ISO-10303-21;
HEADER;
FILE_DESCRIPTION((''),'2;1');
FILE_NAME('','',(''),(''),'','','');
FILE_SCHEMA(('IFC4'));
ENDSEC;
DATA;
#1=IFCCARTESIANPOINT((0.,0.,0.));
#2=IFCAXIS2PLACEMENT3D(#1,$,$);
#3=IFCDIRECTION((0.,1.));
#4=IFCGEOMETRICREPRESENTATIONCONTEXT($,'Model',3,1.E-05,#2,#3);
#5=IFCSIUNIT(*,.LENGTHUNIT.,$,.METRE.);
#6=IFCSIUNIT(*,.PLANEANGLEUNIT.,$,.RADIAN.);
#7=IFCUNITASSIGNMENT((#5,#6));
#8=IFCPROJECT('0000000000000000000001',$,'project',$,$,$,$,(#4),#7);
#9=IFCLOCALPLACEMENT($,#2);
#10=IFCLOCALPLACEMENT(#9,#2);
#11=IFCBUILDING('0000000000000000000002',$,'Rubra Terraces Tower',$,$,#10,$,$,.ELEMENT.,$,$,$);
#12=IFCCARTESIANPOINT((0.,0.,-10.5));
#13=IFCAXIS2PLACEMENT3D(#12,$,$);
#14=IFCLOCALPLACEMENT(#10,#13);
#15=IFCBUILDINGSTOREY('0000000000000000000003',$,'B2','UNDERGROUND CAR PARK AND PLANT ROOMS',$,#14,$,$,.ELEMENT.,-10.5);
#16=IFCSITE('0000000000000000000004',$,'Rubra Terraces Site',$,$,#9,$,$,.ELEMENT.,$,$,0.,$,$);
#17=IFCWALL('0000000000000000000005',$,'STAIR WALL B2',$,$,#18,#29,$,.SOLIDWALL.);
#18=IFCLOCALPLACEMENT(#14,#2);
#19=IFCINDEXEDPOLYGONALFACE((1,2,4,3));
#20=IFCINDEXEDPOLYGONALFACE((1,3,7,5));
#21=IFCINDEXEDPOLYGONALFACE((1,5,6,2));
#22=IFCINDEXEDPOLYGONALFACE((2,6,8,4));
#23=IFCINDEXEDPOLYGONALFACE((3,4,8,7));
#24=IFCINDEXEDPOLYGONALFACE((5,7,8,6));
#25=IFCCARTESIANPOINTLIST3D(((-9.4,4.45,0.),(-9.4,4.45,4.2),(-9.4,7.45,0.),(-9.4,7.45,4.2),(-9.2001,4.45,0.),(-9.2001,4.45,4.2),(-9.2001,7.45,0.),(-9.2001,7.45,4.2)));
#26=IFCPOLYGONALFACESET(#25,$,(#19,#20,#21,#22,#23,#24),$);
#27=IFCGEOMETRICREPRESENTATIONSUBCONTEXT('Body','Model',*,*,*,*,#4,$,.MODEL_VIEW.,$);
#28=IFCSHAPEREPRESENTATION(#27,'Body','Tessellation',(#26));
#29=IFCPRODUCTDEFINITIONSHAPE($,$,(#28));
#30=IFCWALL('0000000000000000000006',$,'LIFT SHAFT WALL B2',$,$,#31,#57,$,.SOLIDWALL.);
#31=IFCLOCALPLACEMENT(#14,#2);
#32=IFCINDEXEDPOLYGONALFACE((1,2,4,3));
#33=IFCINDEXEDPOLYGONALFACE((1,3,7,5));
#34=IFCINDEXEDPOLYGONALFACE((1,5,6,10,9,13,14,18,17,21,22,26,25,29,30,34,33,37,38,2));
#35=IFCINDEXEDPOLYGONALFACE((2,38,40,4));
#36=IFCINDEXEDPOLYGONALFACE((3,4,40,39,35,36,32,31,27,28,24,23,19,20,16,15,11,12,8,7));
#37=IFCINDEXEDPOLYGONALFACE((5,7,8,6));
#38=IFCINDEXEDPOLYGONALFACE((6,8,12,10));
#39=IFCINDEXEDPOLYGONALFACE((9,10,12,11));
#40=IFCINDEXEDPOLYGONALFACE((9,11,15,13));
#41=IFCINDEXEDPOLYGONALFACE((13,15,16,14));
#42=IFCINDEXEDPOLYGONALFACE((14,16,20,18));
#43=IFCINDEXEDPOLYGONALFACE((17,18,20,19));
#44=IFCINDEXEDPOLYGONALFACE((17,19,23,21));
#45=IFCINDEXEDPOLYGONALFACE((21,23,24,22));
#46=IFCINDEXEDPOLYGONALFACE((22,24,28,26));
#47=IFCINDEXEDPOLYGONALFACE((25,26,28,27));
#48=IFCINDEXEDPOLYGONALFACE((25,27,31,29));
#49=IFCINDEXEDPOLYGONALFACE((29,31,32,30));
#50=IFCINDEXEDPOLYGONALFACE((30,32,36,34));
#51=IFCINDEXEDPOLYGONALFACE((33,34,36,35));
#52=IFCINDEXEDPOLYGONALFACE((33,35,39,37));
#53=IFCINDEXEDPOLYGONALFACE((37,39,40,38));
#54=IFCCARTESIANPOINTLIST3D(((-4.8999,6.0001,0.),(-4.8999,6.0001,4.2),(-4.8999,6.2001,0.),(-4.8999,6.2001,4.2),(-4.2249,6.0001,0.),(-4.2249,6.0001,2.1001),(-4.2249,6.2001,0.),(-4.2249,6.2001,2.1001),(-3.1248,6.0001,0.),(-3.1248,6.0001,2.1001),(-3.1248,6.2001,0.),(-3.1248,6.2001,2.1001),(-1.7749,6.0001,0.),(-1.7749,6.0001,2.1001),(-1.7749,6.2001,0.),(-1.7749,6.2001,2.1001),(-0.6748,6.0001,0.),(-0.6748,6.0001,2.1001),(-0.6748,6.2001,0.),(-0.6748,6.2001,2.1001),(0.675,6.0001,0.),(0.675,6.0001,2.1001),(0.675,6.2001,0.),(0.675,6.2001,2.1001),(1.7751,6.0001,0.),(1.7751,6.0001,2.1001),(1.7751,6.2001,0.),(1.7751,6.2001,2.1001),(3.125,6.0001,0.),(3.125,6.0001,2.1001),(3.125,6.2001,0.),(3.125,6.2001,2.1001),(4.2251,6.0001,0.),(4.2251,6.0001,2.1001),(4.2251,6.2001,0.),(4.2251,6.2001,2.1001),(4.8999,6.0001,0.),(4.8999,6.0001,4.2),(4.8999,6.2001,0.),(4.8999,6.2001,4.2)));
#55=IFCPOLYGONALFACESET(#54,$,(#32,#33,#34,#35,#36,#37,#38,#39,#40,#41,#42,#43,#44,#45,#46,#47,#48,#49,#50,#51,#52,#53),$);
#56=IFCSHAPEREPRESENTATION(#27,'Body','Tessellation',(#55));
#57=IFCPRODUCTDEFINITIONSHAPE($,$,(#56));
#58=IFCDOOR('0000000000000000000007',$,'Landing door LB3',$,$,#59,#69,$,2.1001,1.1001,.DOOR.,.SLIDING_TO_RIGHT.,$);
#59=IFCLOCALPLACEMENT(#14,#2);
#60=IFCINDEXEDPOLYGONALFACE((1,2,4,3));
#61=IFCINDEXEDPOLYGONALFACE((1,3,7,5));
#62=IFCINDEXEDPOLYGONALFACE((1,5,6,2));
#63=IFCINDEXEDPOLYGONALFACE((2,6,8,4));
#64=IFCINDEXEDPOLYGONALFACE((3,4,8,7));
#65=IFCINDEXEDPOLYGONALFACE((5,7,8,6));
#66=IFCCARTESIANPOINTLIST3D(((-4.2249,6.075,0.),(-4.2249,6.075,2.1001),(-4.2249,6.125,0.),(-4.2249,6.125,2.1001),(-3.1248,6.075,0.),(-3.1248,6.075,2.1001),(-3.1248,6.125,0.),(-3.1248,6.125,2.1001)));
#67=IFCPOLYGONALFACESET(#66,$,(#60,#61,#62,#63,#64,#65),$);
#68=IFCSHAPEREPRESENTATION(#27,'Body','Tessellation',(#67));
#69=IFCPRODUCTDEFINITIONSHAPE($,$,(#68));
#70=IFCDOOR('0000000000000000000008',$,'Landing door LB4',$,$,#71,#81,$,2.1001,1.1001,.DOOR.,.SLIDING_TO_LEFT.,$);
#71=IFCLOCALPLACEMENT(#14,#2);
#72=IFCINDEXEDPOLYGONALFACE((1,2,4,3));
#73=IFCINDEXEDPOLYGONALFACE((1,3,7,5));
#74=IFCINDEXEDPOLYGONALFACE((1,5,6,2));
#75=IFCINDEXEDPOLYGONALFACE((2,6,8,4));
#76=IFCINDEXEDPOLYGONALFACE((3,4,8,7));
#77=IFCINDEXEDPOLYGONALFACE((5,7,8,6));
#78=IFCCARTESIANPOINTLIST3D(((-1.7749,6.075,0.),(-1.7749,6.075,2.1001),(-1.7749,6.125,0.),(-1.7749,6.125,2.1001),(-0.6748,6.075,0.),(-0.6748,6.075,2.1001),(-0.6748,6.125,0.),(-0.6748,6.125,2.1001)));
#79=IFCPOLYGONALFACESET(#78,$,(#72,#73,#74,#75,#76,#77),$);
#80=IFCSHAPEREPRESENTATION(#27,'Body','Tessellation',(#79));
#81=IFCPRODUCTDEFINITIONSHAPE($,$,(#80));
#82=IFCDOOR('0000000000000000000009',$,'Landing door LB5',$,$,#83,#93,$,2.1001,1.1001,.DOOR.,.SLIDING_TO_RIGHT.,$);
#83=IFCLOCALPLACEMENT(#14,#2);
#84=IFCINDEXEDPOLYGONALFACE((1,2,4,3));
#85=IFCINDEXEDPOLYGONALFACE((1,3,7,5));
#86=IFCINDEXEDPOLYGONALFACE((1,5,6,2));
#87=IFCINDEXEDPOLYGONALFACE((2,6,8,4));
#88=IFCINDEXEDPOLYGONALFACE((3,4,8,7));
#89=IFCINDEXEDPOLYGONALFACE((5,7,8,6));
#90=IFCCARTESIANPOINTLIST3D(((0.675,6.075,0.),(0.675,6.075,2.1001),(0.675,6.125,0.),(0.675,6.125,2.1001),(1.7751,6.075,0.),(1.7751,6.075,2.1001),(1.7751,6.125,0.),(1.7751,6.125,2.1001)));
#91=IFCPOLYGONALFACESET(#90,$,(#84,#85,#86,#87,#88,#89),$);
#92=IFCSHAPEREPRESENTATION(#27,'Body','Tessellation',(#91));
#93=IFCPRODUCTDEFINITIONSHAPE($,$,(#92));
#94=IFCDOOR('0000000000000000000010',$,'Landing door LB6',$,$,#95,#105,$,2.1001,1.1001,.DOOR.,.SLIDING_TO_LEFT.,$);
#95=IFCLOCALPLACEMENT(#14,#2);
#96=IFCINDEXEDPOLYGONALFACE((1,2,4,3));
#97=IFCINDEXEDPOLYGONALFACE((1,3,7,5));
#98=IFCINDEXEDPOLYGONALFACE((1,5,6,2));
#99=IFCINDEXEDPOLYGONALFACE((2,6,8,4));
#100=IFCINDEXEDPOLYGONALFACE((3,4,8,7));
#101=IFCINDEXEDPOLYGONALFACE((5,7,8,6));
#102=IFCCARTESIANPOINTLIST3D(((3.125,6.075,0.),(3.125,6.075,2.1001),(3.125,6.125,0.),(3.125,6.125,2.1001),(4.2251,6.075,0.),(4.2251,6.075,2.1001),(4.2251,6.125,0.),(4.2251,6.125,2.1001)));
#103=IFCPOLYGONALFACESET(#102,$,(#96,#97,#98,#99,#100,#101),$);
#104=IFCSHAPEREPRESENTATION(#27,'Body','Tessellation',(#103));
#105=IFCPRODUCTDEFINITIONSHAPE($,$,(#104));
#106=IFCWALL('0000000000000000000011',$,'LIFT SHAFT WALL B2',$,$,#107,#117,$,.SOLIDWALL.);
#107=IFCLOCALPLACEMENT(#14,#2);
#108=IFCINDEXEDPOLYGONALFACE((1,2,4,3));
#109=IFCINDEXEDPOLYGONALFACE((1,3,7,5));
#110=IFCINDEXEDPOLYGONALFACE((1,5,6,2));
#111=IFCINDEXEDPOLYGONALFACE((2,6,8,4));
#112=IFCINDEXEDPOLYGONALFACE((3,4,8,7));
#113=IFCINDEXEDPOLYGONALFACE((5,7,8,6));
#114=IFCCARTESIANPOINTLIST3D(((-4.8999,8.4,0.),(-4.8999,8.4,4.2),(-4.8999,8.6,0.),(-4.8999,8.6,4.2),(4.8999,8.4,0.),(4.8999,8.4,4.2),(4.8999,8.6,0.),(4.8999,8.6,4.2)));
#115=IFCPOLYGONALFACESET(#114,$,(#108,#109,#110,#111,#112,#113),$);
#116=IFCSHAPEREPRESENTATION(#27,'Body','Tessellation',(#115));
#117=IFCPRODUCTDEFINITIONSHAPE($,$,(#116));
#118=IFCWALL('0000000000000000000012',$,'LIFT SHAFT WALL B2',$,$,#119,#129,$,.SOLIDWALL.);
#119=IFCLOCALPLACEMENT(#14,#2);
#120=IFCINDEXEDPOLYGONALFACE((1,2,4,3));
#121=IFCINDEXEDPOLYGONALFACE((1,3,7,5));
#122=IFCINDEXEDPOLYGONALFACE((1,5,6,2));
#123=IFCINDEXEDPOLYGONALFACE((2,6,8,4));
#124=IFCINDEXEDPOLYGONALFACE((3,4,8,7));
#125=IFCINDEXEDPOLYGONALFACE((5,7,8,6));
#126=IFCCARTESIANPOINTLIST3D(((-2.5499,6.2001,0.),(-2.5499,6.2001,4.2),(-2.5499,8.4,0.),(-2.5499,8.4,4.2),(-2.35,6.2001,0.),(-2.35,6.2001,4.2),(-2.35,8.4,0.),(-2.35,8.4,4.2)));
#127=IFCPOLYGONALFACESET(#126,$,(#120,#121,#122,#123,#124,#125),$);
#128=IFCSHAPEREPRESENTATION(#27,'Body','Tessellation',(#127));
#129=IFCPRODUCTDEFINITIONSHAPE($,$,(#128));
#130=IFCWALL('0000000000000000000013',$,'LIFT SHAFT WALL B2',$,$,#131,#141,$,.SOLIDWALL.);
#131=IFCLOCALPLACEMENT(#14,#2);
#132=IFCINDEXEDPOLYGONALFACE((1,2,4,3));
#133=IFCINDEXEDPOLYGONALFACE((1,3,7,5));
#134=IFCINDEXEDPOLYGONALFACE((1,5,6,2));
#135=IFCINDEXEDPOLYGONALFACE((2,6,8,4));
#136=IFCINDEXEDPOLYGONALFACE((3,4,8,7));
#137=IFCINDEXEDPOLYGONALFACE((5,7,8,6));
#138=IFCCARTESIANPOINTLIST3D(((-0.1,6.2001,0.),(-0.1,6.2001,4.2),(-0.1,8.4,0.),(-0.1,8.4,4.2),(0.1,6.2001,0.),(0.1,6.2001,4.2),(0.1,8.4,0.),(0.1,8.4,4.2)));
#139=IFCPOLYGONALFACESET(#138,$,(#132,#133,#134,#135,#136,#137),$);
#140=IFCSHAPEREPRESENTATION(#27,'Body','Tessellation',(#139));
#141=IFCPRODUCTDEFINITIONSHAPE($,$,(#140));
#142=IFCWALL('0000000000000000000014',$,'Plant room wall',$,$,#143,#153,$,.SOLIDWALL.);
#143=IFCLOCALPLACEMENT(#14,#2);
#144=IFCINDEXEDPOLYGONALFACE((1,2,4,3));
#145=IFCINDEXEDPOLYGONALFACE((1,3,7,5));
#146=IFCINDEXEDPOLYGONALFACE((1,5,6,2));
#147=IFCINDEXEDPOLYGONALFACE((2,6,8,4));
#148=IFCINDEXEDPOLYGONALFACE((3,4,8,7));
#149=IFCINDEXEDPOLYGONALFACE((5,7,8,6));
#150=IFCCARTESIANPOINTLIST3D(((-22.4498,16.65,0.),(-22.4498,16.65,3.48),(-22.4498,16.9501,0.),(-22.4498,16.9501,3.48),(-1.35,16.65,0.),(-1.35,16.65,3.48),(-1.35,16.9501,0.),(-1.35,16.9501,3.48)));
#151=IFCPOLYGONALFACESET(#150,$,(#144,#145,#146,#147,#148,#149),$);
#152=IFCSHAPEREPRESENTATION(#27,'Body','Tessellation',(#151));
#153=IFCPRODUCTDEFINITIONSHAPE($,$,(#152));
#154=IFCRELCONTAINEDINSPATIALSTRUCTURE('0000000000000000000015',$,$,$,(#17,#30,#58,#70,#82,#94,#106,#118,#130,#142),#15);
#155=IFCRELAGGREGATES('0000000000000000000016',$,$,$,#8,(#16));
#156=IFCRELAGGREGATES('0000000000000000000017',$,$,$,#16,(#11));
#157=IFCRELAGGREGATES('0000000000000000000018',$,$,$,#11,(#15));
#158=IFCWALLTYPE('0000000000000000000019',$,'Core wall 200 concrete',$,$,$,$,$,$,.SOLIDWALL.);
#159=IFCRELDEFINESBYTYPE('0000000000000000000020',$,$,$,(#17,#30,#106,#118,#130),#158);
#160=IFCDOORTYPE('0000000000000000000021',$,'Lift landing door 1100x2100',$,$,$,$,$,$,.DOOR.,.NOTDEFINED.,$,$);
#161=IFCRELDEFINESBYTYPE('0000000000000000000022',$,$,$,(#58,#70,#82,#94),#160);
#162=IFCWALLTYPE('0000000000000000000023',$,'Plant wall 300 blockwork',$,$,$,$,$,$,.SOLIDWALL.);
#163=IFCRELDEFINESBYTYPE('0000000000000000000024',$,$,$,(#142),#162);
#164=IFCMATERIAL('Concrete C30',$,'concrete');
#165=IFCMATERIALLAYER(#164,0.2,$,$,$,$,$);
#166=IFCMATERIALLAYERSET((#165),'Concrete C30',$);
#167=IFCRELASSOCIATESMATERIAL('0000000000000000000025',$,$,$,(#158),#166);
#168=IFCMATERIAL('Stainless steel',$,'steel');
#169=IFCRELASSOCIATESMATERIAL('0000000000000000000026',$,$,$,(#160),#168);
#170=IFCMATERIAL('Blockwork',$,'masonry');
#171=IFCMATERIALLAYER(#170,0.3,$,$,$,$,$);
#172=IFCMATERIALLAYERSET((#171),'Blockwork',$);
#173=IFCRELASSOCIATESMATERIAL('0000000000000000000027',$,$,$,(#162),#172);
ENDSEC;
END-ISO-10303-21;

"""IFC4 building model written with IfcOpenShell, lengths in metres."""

from ifc_helpers import new_model, si_unit, direction, frame, frame_2d, origin, place, context, subcontext, project, spatial, rectangle, extrude, material, layer, layer_set, type_object, element, fill, save


model = new_model("IFC4")

# Units and contexts
model_context = context("Model", 3, precision=1e-05, world=origin(), true_north=direction((0.0, 1.0)))
body_context = subcontext(model_context, "Body", "Model", "MODEL_VIEW")
ifc_project = project(units=[si_unit("LENGTHUNIT", "METRE"), si_unit("PLANEANGLEUNIT", "RADIAN")], contexts=[model_context])

# Site, building, storey
site_placement = place(None, origin())
site = spatial("IfcSite", under=ifc_project, at=site_placement, Name="Rubra Terraces Site", CompositionType="ELEMENT", RefElevation=0.0)
building_placement = place(site_placement, origin())
building = spatial("IfcBuilding", under=site, at=building_placement, Name="Rubra Terraces Tower", CompositionType="ELEMENT")
storey_placement = place(building_placement, frame((0.0, 0.0, -10.5)))
storey = spatial("IfcBuildingStorey", under=building, at=storey_placement, Name="B2", Description="UNDERGROUND CAR PARK AND PLANT ROOMS", CompositionType="ELEMENT", Elevation=-10.5)

# Wall
ifc_material_1 = material(Name="Concrete C30", Category="concrete")
ifc_layer_1 = layer(ifc_material_1, 0.2)
ifc_layer_set_1 = layer_set([ifc_layer_1], Name="Concrete C30")
wall_type_1 = type_object("IfcWallType", Name="Core wall 200 concrete", PredefinedType="SOLIDWALL", material=ifc_layer_set_1)
wall_1_placement = place(storey_placement, frame((-9.3, 4.45, 0.0), z_axis=(0.0, 0.0, 1.0), x_axis=(0.0, 1.0, 0.0)))
element("IfcWall", 1, at=wall_1_placement, inside=storey, type_object=wall_type_1, Name="STAIR WALL B2", PredefinedType="SOLIDWALL", context=body_context, shape_type="SweptSolid", body=[
    extrude(rectangle(XDim=3.0, YDim=0.2, at=frame_2d((1.5, 0.0))), origin(), (0.0, 0.0, 1.0), 4.2),
])

# Wall, openings, doors
wall_2_placement = place(storey_placement, frame((-4.8999, 6.1001, 0.0), z_axis=(0.0, 0.0, 1.0), x_axis=(1.0, 0.0, 0.0)))
wall_2 = element("IfcWall", 2, at=wall_2_placement, inside=storey, type_object=wall_type_1, Name="LIFT SHAFT WALL B2", PredefinedType="SOLIDWALL", context=body_context, shape_type="SweptSolid", body=[
    extrude(rectangle(XDim=9.7998, YDim=0.2, at=frame_2d((4.8999, 0.0))), origin(), (0.0, 0.0, 1.0), 4.2),
])
opening_1_placement = place(wall_2_placement, frame((0.675, 0.0, 0.0)))
opening_1 = element("IfcOpeningElement", 3, at=opening_1_placement, cuts=wall_2, PredefinedType="OPENING", context=body_context, shape_type="SweptSolid", body=[
    extrude(rectangle(XDim=1.1001, YDim=2.1001, at=frame_2d((0.55, 1.05))), frame((0.0, 0.1099, 0.0), z_axis=(0.0, -1.0, 0.0), x_axis=(1.0, 0.0, 0.0)), (0.0, 0.0, 1.0), 0.22),
])
opening_2_placement = place(wall_2_placement, frame((3.125, 0.0, 0.0)))
opening_2 = element("IfcOpeningElement", 4, at=opening_2_placement, cuts=wall_2, PredefinedType="OPENING", context=body_context, shape_type="SweptSolid", body=[
    extrude(rectangle(XDim=1.1001, YDim=2.1001, at=frame_2d((0.55, 1.05))), frame((0.0, 0.1099, 0.0), z_axis=(0.0, -1.0, 0.0), x_axis=(1.0, 0.0, 0.0)), (0.0, 0.0, 1.0), 0.22),
])
opening_3_placement = place(wall_2_placement, frame((5.575, 0.0, 0.0)))
opening_3 = element("IfcOpeningElement", 5, at=opening_3_placement, cuts=wall_2, PredefinedType="OPENING", context=body_context, shape_type="SweptSolid", body=[
    extrude(rectangle(XDim=1.1001, YDim=2.1001, at=frame_2d((0.55, 1.05))), frame((0.0, 0.1099, 0.0), z_axis=(0.0, -1.0, 0.0), x_axis=(1.0, 0.0, 0.0)), (0.0, 0.0, 1.0), 0.22),
])
opening_4_placement = place(wall_2_placement, frame((8.0249, 0.0, 0.0)))
opening_4 = element("IfcOpeningElement", 6, at=opening_4_placement, cuts=wall_2, PredefinedType="OPENING", context=body_context, shape_type="SweptSolid", body=[
    extrude(rectangle(XDim=1.1001, YDim=2.1001, at=frame_2d((0.55, 1.05))), frame((0.0, 0.1099, 0.0), z_axis=(0.0, -1.0, 0.0), x_axis=(1.0, 0.0, 0.0)), (0.0, 0.0, 1.0), 0.22),
])
ifc_material_2 = material(Name="Stainless steel", Category="steel")
door_type_1 = type_object("IfcDoorType", Name="Lift landing door 1100x2100", OperationType="NOTDEFINED", PredefinedType="DOOR", material=ifc_material_2)
door_1_placement = place(opening_1_placement, origin())
door_1 = element("IfcDoor", 7, at=door_1_placement, inside=storey, type_object=door_type_1, Name="Landing door LB3", OperationType="SLIDING_TO_RIGHT", OverallHeight=2.1001, OverallWidth=1.1001, PredefinedType="DOOR", context=body_context, shape_type="SweptSolid", body=[
    extrude(rectangle(XDim=1.1001, YDim=2.1001, at=frame_2d((0.55, 1.05))), frame((0.0, 0.0249, 0.0), z_axis=(0.0, -1.0, 0.0), x_axis=(1.0, 0.0, 0.0)), (0.0, 0.0, 1.0), 0.05),
])
fill(opening_1, door_1)
door_2_placement = place(opening_2_placement, origin())
door_2 = element("IfcDoor", 8, at=door_2_placement, inside=storey, type_object=door_type_1, Name="Landing door LB4", OperationType="SLIDING_TO_LEFT", OverallHeight=2.1001, OverallWidth=1.1001, PredefinedType="DOOR", context=body_context, shape_type="SweptSolid", body=[
    extrude(rectangle(XDim=1.1001, YDim=2.1001, at=frame_2d((0.55, 1.05))), frame((0.0, 0.0249, 0.0), z_axis=(0.0, -1.0, 0.0), x_axis=(1.0, 0.0, 0.0)), (0.0, 0.0, 1.0), 0.05),
])
fill(opening_2, door_2)
door_3_placement = place(opening_3_placement, origin())
door_3 = element("IfcDoor", 9, at=door_3_placement, inside=storey, type_object=door_type_1, Name="Landing door LB5", OperationType="SLIDING_TO_RIGHT", OverallHeight=2.1001, OverallWidth=1.1001, PredefinedType="DOOR", context=body_context, shape_type="SweptSolid", body=[
    extrude(rectangle(XDim=1.1001, YDim=2.1001, at=frame_2d((0.55, 1.05))), frame((0.0, 0.0249, 0.0), z_axis=(0.0, -1.0, 0.0), x_axis=(1.0, 0.0, 0.0)), (0.0, 0.0, 1.0), 0.05),
])
fill(opening_3, door_3)
door_4_placement = place(opening_4_placement, origin())
door_4 = element("IfcDoor", 10, at=door_4_placement, inside=storey, type_object=door_type_1, Name="Landing door LB6", OperationType="SLIDING_TO_LEFT", OverallHeight=2.1001, OverallWidth=1.1001, PredefinedType="DOOR", context=body_context, shape_type="SweptSolid", body=[
    extrude(rectangle(XDim=1.1001, YDim=2.1001, at=frame_2d((0.55, 1.05))), frame((0.0, 0.0249, 0.0), z_axis=(0.0, -1.0, 0.0), x_axis=(1.0, 0.0, 0.0)), (0.0, 0.0, 1.0), 0.05),
])
fill(opening_4, door_4)

# Walls
wall_3_placement = place(storey_placement, frame((-4.8999, 8.5, 0.0), z_axis=(0.0, 0.0, 1.0), x_axis=(1.0, 0.0, 0.0)))
element("IfcWall", 11, at=wall_3_placement, inside=storey, type_object=wall_type_1, Name="LIFT SHAFT WALL B2", PredefinedType="SOLIDWALL", context=body_context, shape_type="SweptSolid", body=[
    extrude(rectangle(XDim=9.7998, YDim=0.2, at=frame_2d((4.8999, 0.0))), origin(), (0.0, 0.0, 1.0), 4.2),
])
for number, where, z_axis, x_axis, name in (
    (12, (-2.45, 6.2, 0.0), (0.0, 0.0, 1.0), (0.0, 1.0, 0.0), "LIFT SHAFT WALL B2"),
    (13, (0.0, 6.2, 0.0), (0.0, 0.0, 1.0), (0.0, 1.0, 0.0), "LIFT SHAFT WALL B2"),
):
    element("IfcWall", number, at=place(storey_placement, frame(where, z_axis=z_axis, x_axis=x_axis)), inside=storey, type_object=wall_type_1, Name=name, PredefinedType="SOLIDWALL", context=body_context, shape_type="SweptSolid", body=[
        extrude(rectangle(XDim=2.2, YDim=0.2, at=frame_2d((1.1001, 0.0))), origin(), (0.0, 0.0, 1.0), 4.2),
    ])
ifc_material_3 = material(Name="Blockwork", Category="masonry")
ifc_layer_2 = layer(ifc_material_3, 0.3)
ifc_layer_set_2 = layer_set([ifc_layer_2], Name="Blockwork")
wall_type_2 = type_object("IfcWallType", Name="Plant wall 300 blockwork", PredefinedType="SOLIDWALL", material=ifc_layer_set_2)
wall_4_placement = place(storey_placement, frame((-1.3501, 16.8, 0.0), z_axis=(0.0, 0.0, 1.0), x_axis=(-1.0, 0.0, 0.0)))
element("IfcWall", 14, at=wall_4_placement, inside=storey, type_object=wall_type_2, Name="Plant room wall", PredefinedType="SOLIDWALL", context=body_context, shape_type="SweptSolid", body=[
    extrude(rectangle(XDim=21.0999, YDim=0.3, at=frame_2d((10.5498, 0.0))), origin(), (0.0, 0.0, 1.0), 3.48),
])

save(model, "model.ifc")
